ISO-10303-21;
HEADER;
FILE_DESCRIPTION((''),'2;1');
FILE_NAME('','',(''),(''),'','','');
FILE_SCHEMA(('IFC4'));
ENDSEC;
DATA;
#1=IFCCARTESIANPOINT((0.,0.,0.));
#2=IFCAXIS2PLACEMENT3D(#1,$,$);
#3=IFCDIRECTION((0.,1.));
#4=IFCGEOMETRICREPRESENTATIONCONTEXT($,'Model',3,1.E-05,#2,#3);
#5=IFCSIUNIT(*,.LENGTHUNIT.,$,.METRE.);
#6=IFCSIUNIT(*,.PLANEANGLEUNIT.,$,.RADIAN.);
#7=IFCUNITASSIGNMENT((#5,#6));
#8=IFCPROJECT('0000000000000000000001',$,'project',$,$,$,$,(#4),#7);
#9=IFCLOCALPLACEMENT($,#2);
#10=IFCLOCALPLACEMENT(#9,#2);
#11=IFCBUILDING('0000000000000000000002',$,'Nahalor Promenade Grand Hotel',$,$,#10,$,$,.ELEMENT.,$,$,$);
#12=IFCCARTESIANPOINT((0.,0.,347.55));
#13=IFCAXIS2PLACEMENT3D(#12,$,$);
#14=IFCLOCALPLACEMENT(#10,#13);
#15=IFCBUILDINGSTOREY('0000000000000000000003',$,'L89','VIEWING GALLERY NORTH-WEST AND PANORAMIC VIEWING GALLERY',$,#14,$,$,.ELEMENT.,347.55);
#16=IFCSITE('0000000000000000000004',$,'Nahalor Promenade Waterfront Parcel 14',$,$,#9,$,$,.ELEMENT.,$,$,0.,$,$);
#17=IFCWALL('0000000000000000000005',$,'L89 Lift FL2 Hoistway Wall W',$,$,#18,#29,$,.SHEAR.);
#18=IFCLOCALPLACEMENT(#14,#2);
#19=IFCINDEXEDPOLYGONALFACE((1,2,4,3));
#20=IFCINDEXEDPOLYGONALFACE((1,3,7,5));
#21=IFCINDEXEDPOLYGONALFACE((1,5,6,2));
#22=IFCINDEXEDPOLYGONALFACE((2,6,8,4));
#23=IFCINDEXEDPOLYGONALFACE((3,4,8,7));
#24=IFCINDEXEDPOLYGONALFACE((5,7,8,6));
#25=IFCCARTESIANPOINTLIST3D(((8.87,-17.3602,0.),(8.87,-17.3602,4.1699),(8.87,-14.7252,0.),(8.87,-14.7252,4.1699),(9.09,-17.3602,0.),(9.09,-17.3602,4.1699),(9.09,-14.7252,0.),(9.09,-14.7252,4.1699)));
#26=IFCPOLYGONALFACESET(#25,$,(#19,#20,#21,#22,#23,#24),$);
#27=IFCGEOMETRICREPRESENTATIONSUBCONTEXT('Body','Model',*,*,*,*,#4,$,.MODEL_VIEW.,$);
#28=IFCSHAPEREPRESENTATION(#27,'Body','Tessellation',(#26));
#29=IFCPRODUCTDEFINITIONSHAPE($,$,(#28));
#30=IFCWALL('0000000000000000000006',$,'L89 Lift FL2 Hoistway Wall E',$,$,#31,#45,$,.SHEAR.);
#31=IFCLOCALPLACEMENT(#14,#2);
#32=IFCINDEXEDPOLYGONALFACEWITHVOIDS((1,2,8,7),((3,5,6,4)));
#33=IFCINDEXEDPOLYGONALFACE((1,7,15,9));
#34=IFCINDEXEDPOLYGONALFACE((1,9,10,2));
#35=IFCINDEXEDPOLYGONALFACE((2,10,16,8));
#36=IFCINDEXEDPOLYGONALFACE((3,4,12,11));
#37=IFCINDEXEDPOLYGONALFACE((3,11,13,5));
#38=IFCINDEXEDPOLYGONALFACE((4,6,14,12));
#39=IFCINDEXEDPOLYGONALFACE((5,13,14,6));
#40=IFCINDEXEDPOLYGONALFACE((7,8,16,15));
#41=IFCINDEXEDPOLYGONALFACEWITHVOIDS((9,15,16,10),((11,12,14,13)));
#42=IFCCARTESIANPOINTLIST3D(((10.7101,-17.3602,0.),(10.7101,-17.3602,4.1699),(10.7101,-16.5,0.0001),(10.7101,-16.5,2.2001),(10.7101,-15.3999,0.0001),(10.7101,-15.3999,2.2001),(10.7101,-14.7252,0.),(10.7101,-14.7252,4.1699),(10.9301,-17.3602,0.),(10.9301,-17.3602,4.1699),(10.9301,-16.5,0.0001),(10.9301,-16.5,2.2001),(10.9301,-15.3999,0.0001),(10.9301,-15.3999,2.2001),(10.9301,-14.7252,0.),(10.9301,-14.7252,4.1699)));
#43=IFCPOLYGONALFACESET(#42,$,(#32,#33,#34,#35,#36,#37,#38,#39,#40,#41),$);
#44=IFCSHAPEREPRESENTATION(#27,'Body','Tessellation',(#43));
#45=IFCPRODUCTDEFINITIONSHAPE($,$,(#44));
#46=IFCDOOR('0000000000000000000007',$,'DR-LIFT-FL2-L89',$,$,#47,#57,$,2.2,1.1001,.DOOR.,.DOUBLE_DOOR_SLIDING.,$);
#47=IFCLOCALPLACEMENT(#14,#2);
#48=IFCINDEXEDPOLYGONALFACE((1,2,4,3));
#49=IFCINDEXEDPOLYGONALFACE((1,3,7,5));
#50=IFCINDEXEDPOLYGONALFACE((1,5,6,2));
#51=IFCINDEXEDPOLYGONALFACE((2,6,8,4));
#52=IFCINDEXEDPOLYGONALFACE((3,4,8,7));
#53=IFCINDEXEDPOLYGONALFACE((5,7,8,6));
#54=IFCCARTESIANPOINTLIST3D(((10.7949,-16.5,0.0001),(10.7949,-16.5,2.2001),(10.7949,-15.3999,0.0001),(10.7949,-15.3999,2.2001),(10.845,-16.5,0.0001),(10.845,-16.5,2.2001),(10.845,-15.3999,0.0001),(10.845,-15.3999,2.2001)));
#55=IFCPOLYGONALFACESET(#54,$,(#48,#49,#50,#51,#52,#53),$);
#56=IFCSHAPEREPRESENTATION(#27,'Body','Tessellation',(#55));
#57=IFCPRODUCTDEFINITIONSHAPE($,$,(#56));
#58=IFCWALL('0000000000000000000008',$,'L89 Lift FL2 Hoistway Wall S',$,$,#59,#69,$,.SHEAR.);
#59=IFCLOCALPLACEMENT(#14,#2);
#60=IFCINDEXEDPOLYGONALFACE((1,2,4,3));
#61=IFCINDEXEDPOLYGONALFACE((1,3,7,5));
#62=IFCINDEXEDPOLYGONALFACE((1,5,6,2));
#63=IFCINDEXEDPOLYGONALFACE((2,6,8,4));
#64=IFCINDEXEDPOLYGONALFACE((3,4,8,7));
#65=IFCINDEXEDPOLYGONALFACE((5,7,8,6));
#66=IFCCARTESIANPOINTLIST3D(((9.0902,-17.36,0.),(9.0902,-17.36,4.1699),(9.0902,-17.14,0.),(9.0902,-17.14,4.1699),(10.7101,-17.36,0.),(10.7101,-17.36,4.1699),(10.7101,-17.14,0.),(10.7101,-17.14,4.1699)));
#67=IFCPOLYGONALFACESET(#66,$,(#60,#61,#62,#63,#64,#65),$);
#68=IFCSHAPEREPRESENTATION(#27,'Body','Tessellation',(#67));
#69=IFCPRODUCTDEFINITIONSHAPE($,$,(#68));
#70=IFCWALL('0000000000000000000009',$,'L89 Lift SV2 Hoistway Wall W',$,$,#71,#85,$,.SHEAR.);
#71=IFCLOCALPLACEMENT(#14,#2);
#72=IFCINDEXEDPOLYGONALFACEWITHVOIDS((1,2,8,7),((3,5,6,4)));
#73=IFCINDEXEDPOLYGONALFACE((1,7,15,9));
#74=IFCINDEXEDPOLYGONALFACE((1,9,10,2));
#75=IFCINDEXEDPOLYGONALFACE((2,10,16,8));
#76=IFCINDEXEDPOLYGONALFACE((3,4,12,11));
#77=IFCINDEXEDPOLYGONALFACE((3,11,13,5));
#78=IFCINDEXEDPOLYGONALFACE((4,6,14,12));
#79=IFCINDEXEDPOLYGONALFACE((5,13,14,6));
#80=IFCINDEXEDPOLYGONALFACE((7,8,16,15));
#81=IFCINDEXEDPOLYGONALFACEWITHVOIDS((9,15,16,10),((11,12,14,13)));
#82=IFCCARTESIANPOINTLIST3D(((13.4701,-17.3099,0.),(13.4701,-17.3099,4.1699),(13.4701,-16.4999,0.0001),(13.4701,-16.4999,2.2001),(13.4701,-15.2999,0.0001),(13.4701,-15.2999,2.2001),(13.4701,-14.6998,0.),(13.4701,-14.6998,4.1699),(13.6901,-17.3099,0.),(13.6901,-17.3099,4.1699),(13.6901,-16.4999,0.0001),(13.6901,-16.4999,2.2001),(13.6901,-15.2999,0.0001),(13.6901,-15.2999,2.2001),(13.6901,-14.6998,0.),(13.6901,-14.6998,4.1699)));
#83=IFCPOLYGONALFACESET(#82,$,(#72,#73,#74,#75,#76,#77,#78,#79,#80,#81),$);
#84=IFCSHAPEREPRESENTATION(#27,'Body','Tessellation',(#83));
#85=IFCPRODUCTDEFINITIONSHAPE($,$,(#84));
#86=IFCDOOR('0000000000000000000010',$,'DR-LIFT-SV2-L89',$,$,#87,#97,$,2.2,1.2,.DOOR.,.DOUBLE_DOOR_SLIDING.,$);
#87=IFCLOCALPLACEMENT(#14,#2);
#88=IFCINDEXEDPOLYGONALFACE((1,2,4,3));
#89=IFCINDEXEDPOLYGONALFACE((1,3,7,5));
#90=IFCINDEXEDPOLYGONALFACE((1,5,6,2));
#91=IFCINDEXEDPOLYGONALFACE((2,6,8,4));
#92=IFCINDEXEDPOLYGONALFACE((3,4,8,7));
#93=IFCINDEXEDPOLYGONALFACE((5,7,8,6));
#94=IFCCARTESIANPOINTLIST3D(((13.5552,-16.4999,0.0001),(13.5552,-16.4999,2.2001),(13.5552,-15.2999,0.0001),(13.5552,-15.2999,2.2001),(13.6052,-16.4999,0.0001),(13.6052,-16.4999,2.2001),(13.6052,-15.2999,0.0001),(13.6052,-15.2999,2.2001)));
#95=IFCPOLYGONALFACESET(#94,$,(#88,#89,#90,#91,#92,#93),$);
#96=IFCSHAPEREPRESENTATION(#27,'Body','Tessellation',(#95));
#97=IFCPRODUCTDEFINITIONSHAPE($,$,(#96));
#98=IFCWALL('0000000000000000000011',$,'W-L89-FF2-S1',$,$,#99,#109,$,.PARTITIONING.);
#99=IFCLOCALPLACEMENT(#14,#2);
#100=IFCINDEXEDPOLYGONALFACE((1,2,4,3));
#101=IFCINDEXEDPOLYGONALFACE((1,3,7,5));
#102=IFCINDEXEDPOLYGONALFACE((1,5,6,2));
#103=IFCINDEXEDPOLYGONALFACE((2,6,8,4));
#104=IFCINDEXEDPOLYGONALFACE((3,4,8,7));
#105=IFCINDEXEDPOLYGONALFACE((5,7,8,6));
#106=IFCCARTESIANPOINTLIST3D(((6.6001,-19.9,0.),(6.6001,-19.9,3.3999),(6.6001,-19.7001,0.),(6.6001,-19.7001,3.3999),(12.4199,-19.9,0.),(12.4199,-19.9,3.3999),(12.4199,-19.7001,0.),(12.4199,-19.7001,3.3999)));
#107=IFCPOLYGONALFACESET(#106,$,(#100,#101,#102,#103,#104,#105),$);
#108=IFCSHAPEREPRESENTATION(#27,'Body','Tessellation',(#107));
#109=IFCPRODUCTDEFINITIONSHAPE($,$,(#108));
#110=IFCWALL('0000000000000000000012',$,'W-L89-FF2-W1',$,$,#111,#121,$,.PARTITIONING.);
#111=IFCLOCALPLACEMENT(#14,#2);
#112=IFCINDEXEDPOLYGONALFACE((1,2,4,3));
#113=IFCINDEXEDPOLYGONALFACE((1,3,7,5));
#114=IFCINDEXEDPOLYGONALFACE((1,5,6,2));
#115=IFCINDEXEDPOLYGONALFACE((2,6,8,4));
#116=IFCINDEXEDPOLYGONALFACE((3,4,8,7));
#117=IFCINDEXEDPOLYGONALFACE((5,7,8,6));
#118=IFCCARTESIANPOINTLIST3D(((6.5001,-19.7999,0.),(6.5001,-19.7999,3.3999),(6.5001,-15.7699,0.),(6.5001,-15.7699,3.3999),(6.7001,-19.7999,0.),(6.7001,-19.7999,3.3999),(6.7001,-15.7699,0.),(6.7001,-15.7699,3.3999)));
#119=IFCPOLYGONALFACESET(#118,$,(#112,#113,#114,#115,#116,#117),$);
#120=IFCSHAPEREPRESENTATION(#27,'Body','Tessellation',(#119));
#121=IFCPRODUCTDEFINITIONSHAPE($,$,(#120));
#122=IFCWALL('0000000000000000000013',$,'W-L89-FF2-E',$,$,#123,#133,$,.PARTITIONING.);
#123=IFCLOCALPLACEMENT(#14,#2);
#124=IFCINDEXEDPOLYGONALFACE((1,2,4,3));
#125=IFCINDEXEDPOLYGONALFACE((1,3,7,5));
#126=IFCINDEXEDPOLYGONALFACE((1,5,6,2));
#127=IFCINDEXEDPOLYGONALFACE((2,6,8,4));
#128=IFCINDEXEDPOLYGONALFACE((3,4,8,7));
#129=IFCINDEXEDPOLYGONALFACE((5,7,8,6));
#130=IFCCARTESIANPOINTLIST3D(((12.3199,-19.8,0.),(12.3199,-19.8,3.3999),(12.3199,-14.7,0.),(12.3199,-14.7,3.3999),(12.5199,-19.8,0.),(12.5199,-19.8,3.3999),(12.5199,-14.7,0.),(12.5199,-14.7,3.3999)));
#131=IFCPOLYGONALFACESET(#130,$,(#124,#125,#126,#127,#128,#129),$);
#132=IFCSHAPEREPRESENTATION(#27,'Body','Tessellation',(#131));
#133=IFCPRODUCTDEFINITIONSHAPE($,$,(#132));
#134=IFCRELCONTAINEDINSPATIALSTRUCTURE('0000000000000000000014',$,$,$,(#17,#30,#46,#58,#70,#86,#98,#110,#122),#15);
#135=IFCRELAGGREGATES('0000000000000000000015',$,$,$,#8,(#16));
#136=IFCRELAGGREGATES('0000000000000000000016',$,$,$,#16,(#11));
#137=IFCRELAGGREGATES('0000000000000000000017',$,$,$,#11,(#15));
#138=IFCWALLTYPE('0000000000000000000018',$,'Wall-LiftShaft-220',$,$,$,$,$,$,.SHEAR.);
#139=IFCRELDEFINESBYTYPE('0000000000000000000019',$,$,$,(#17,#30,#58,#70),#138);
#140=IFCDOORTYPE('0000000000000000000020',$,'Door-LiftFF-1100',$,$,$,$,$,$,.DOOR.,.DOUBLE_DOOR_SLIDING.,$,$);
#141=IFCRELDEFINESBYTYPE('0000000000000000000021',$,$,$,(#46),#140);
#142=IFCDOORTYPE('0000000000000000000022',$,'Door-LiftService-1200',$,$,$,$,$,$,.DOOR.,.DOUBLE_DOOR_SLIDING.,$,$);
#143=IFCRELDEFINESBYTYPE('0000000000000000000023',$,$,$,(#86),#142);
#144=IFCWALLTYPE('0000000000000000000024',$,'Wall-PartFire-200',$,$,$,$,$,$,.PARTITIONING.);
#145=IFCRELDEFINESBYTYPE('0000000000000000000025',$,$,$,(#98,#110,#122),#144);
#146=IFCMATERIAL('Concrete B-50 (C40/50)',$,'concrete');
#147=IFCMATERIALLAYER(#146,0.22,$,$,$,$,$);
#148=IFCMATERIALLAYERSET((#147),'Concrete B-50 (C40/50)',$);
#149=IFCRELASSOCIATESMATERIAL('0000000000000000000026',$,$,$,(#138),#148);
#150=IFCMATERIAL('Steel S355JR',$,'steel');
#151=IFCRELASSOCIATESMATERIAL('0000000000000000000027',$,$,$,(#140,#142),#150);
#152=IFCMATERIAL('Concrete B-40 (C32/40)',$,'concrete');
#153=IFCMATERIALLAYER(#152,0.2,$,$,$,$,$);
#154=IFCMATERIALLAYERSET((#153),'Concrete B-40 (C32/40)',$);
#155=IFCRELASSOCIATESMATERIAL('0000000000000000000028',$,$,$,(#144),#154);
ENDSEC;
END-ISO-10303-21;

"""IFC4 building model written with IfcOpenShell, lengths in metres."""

from ifc_helpers import new_model, si_unit, direction, frame, frame_2d, origin, place, context, subcontext, project, spatial, rectangle, extrude, source, transform, mapped, material, layer, layer_set, type_object, element, fill, save


model = new_model("IFC4")

# Units and contexts
model_context = context("Model", 3, precision=1e-05, world=origin(), true_north=direction((0.0, 1.0)))
body_context = subcontext(model_context, "Body", "Model", "MODEL_VIEW")
ifc_project = project(units=[si_unit("LENGTHUNIT", "METRE"), si_unit("PLANEANGLEUNIT", "RADIAN")], contexts=[model_context])

# Site, building, storey
site_placement = place(None, origin())
site = spatial("IfcSite", under=ifc_project, at=site_placement, Name="Nahalor Promenade Waterfront Parcel 14", CompositionType="ELEMENT", RefElevation=0.0)
building_placement = place(site_placement, origin())
building = spatial("IfcBuilding", under=site, at=building_placement, Name="Nahalor Promenade Grand Hotel", CompositionType="ELEMENT")
storey_placement = place(building_placement, frame((0.0, 0.0, 347.55)))
storey = spatial("IfcBuildingStorey", under=building, at=storey_placement, Name="L89", Description="VIEWING GALLERY NORTH-WEST AND PANORAMIC VIEWING GALLERY", CompositionType="ELEMENT", Elevation=347.55)

# Shared definitions
ifc_material_1 = material(Name="Concrete B-50 (C40/50)", Category="concrete")
ifc_material_2 = material(Name="Steel S355JR", Category="steel")

# Wall
ifc_layer_1 = layer(ifc_material_1, 0.22)
ifc_layer_set_1 = layer_set([ifc_layer_1], Name="Concrete B-50 (C40/50)")
wall_type_1 = type_object("IfcWallType", Name="Wall-LiftShaft-220", PredefinedType="SHEAR", material=ifc_layer_set_1)
shared_shape_1 = source(origin(), body_context, "Body", "SweptSolid", [
    extrude(rectangle(XDim=2.635, YDim=0.22, at=frame_2d((1.3174, 0.0))), origin(), (0.0, 0.0, 1.0), 4.1699),
])
wall_1_placement = place(storey_placement, frame((8.98, -17.3601, 0.0), z_axis=(0.0, 0.0, 1.0), x_axis=(0.0, 1.0, 0.0)))
element("IfcWall", 1, at=wall_1_placement, inside=storey, type_object=wall_type_1, Name="L89 Lift FL2 Hoistway Wall W", PredefinedType="SHEAR", context=body_context, shape_type="MappedRepresentation", body=[
    mapped(shared_shape_1, transform((0.0, 0.0, 0.0), scale=1.0)),
])

# Wall, opening, door
wall_2_placement = place(storey_placement, frame((10.8201, -17.3601, 0.0), z_axis=(0.0, 0.0, 1.0), x_axis=(0.0, 1.0, 0.0)))
wall_2 = element("IfcWall", 2, at=wall_2_placement, inside=storey, type_object=wall_type_1, Name="L89 Lift FL2 Hoistway Wall E", PredefinedType="SHEAR", context=body_context, shape_type="MappedRepresentation", body=[
    mapped(shared_shape_1, transform((0.0, 0.0, 0.0), scale=1.0)),
])
opening_1_placement = place(wall_2_placement, frame((0.8601, 0.0, 0.0)))
opening_1 = element("IfcOpeningElement", 3, at=opening_1_placement, cuts=wall_2, PredefinedType="OPENING", context=body_context, shape_type="SweptSolid", body=[
    extrude(rectangle(XDim=1.1001, YDim=2.2, at=frame_2d((0.55, 1.1001))), frame((0.0, 0.1199, 0.0), z_axis=(0.0, -1.0, 0.0), x_axis=(1.0, 0.0, 0.0)), (0.0, 0.0, 1.0), 0.24),
])
door_type_1 = type_object("IfcDoorType", Name="Door-LiftFF-1100", OperationType="DOUBLE_DOOR_SLIDING", PredefinedType="DOOR", material=ifc_material_2)
shared_shape_2 = source(origin(), body_context, "Body", "SweptSolid", [
    extrude(rectangle(XDim=1.1001, YDim=2.2, at=frame_2d((0.55, 1.1001))), frame((0.0, 0.0249, 0.0), z_axis=(0.0, -1.0, 0.0), x_axis=(1.0, 0.0, 0.0)), (0.0, 0.0, 1.0), 0.05),
])
door_1_placement = place(opening_1_placement, frame((1.1001, 0.0, 0.0), z_axis=(0.0, 0.0, 1.0), x_axis=(-1.0, 0.0, 0.0)))
door_1 = element("IfcDoor", 4, at=door_1_placement, inside=storey, type_object=door_type_1, Name="DR-LIFT-FL2-L89", OperationType="DOUBLE_DOOR_SLIDING", OverallHeight=2.2, OverallWidth=1.1001, PredefinedType="DOOR", context=body_context, shape_type="MappedRepresentation", body=[
    mapped(shared_shape_2, transform((0.0, 0.0, 0.0), scale=1.0)),
])
fill(opening_1, door_1)

# Wall
shared_shape_3 = source(origin(), body_context, "Body", "SweptSolid", [
    extrude(rectangle(XDim=1.6199, YDim=0.22, at=frame_2d((0.8101, 0.0))), origin(), (0.0, 0.0, 1.0), 4.1699),
])
wall_3_placement = place(storey_placement, frame((9.0901, -17.25, 0.0), z_axis=(0.0, 0.0, 1.0), x_axis=(1.0, 0.0, 0.0)))
element("IfcWall", 5, at=wall_3_placement, inside=storey, type_object=wall_type_1, Name="L89 Lift FL2 Hoistway Wall S", PredefinedType="SHEAR", context=body_context, shape_type="MappedRepresentation", body=[
    mapped(shared_shape_3, transform((0.0, 0.0, 0.0), scale=1.0)),
])

# Wall, opening, door
shared_shape_4 = source(origin(), body_context, "Body", "SweptSolid", [
    extrude(rectangle(XDim=2.6101, YDim=0.22, at=frame_2d((1.3052, 0.0))), origin(), (0.0, 0.0, 1.0), 4.1699),
])
wall_4_placement = place(storey_placement, frame((13.5801, -17.3101, 0.0), z_axis=(0.0, 0.0, 1.0), x_axis=(0.0, 1.0, 0.0)))
wall_4 = element("IfcWall", 6, at=wall_4_placement, inside=storey, type_object=wall_type_1, Name="L89 Lift SV2 Hoistway Wall W", PredefinedType="SHEAR", context=body_context, shape_type="MappedRepresentation", body=[
    mapped(shared_shape_4, transform((0.0, 0.0, 0.0), scale=1.0)),
])
opening_2_placement = place(wall_4_placement, frame((0.8101, 0.0, 0.0)))
opening_2 = element("IfcOpeningElement", 7, at=opening_2_placement, cuts=wall_4, PredefinedType="OPENING", context=body_context, shape_type="SweptSolid", body=[
    extrude(rectangle(XDim=1.2, YDim=2.2, at=frame_2d((0.6001, 1.1001))), frame((0.0, 0.1199, 0.0), z_axis=(0.0, -1.0, 0.0), x_axis=(1.0, 0.0, 0.0)), (0.0, 0.0, 1.0), 0.24),
])
door_type_2 = type_object("IfcDoorType", Name="Door-LiftService-1200", OperationType="DOUBLE_DOOR_SLIDING", PredefinedType="DOOR", material=ifc_material_2)
shared_shape_5 = source(origin(), body_context, "Body", "SweptSolid", [
    extrude(rectangle(XDim=1.2, YDim=2.2, at=frame_2d((0.6001, 1.1001))), frame((0.0, 0.0249, 0.0), z_axis=(0.0, -1.0, 0.0), x_axis=(1.0, 0.0, 0.0)), (0.0, 0.0, 1.0), 0.05),
])
door_2_placement = place(opening_2_placement, origin())
door_2 = element("IfcDoor", 8, at=door_2_placement, inside=storey, type_object=door_type_2, Name="DR-LIFT-SV2-L89", OperationType="DOUBLE_DOOR_SLIDING", OverallHeight=2.2, OverallWidth=1.2, PredefinedType="DOOR", context=body_context, shape_type="MappedRepresentation", body=[
    mapped(shared_shape_5, transform((0.0, 0.0, 0.0), scale=1.0)),
])
fill(opening_2, door_2)

# Walls
ifc_material_3 = material(Name="Concrete B-40 (C32/40)", Category="concrete")
ifc_layer_2 = layer(ifc_material_3, 0.2)
ifc_layer_set_2 = layer_set([ifc_layer_2], Name="Concrete B-40 (C32/40)")
wall_type_2 = type_object("IfcWallType", Name="Wall-PartFire-200", PredefinedType="PARTITIONING", material=ifc_layer_set_2)
shared_shape_6 = source(origin(), body_context, "Body", "SweptSolid", [
    extrude(rectangle(XDim=5.8198, YDim=0.2, at=frame_2d((2.9099, 0.0))), origin(), (0.0, 0.0, 1.0), 3.3999),
])
wall_5_placement = place(storey_placement, frame((6.6001, -19.8, 0.0), z_axis=(0.0, 0.0, 1.0), x_axis=(1.0, 0.0, 0.0)))
element("IfcWall", 9, at=wall_5_placement, inside=storey, type_object=wall_type_2, Name="W-L89-FF2-S1", PredefinedType="PARTITIONING", context=body_context, shape_type="MappedRepresentation", body=[
    mapped(shared_shape_6, transform((0.0, 0.0, 0.0), scale=1.0)),
])
shared_shape_7 = source(origin(), body_context, "Body", "SweptSolid", [
    extrude(rectangle(XDim=4.03, YDim=0.2, at=frame_2d((2.0151, 0.0))), origin(), (0.0, 0.0, 1.0), 3.3999),
])
wall_6_placement = place(storey_placement, frame((6.6001, -19.8, 0.0), z_axis=(0.0, 0.0, 1.0), x_axis=(0.0, 1.0, 0.0)))
element("IfcWall", 10, at=wall_6_placement, inside=storey, type_object=wall_type_2, Name="W-L89-FF2-W1", PredefinedType="PARTITIONING", context=body_context, shape_type="MappedRepresentation", body=[
    mapped(shared_shape_7, transform((0.0, 0.0, 0.0), scale=1.0)),
])
shared_shape_8 = source(origin(), body_context, "Body", "SweptSolid", [
    extrude(rectangle(XDim=5.1001, YDim=0.2, at=frame_2d((2.55, 0.0))), origin(), (0.0, 0.0, 1.0), 3.3999),
])
wall_7_placement = place(storey_placement, frame((12.4199, -19.8, 0.0), z_axis=(0.0, 0.0, 1.0), x_axis=(0.0, 1.0, 0.0)))
element("IfcWall", 11, at=wall_7_placement, inside=storey, type_object=wall_type_2, Name="W-L89-FF2-E", PredefinedType="PARTITIONING", context=body_context, shape_type="MappedRepresentation", body=[
    mapped(shared_shape_8, transform((0.0, 0.0, 0.0), scale=1.0)),
])

save(model, "model.ifc")
